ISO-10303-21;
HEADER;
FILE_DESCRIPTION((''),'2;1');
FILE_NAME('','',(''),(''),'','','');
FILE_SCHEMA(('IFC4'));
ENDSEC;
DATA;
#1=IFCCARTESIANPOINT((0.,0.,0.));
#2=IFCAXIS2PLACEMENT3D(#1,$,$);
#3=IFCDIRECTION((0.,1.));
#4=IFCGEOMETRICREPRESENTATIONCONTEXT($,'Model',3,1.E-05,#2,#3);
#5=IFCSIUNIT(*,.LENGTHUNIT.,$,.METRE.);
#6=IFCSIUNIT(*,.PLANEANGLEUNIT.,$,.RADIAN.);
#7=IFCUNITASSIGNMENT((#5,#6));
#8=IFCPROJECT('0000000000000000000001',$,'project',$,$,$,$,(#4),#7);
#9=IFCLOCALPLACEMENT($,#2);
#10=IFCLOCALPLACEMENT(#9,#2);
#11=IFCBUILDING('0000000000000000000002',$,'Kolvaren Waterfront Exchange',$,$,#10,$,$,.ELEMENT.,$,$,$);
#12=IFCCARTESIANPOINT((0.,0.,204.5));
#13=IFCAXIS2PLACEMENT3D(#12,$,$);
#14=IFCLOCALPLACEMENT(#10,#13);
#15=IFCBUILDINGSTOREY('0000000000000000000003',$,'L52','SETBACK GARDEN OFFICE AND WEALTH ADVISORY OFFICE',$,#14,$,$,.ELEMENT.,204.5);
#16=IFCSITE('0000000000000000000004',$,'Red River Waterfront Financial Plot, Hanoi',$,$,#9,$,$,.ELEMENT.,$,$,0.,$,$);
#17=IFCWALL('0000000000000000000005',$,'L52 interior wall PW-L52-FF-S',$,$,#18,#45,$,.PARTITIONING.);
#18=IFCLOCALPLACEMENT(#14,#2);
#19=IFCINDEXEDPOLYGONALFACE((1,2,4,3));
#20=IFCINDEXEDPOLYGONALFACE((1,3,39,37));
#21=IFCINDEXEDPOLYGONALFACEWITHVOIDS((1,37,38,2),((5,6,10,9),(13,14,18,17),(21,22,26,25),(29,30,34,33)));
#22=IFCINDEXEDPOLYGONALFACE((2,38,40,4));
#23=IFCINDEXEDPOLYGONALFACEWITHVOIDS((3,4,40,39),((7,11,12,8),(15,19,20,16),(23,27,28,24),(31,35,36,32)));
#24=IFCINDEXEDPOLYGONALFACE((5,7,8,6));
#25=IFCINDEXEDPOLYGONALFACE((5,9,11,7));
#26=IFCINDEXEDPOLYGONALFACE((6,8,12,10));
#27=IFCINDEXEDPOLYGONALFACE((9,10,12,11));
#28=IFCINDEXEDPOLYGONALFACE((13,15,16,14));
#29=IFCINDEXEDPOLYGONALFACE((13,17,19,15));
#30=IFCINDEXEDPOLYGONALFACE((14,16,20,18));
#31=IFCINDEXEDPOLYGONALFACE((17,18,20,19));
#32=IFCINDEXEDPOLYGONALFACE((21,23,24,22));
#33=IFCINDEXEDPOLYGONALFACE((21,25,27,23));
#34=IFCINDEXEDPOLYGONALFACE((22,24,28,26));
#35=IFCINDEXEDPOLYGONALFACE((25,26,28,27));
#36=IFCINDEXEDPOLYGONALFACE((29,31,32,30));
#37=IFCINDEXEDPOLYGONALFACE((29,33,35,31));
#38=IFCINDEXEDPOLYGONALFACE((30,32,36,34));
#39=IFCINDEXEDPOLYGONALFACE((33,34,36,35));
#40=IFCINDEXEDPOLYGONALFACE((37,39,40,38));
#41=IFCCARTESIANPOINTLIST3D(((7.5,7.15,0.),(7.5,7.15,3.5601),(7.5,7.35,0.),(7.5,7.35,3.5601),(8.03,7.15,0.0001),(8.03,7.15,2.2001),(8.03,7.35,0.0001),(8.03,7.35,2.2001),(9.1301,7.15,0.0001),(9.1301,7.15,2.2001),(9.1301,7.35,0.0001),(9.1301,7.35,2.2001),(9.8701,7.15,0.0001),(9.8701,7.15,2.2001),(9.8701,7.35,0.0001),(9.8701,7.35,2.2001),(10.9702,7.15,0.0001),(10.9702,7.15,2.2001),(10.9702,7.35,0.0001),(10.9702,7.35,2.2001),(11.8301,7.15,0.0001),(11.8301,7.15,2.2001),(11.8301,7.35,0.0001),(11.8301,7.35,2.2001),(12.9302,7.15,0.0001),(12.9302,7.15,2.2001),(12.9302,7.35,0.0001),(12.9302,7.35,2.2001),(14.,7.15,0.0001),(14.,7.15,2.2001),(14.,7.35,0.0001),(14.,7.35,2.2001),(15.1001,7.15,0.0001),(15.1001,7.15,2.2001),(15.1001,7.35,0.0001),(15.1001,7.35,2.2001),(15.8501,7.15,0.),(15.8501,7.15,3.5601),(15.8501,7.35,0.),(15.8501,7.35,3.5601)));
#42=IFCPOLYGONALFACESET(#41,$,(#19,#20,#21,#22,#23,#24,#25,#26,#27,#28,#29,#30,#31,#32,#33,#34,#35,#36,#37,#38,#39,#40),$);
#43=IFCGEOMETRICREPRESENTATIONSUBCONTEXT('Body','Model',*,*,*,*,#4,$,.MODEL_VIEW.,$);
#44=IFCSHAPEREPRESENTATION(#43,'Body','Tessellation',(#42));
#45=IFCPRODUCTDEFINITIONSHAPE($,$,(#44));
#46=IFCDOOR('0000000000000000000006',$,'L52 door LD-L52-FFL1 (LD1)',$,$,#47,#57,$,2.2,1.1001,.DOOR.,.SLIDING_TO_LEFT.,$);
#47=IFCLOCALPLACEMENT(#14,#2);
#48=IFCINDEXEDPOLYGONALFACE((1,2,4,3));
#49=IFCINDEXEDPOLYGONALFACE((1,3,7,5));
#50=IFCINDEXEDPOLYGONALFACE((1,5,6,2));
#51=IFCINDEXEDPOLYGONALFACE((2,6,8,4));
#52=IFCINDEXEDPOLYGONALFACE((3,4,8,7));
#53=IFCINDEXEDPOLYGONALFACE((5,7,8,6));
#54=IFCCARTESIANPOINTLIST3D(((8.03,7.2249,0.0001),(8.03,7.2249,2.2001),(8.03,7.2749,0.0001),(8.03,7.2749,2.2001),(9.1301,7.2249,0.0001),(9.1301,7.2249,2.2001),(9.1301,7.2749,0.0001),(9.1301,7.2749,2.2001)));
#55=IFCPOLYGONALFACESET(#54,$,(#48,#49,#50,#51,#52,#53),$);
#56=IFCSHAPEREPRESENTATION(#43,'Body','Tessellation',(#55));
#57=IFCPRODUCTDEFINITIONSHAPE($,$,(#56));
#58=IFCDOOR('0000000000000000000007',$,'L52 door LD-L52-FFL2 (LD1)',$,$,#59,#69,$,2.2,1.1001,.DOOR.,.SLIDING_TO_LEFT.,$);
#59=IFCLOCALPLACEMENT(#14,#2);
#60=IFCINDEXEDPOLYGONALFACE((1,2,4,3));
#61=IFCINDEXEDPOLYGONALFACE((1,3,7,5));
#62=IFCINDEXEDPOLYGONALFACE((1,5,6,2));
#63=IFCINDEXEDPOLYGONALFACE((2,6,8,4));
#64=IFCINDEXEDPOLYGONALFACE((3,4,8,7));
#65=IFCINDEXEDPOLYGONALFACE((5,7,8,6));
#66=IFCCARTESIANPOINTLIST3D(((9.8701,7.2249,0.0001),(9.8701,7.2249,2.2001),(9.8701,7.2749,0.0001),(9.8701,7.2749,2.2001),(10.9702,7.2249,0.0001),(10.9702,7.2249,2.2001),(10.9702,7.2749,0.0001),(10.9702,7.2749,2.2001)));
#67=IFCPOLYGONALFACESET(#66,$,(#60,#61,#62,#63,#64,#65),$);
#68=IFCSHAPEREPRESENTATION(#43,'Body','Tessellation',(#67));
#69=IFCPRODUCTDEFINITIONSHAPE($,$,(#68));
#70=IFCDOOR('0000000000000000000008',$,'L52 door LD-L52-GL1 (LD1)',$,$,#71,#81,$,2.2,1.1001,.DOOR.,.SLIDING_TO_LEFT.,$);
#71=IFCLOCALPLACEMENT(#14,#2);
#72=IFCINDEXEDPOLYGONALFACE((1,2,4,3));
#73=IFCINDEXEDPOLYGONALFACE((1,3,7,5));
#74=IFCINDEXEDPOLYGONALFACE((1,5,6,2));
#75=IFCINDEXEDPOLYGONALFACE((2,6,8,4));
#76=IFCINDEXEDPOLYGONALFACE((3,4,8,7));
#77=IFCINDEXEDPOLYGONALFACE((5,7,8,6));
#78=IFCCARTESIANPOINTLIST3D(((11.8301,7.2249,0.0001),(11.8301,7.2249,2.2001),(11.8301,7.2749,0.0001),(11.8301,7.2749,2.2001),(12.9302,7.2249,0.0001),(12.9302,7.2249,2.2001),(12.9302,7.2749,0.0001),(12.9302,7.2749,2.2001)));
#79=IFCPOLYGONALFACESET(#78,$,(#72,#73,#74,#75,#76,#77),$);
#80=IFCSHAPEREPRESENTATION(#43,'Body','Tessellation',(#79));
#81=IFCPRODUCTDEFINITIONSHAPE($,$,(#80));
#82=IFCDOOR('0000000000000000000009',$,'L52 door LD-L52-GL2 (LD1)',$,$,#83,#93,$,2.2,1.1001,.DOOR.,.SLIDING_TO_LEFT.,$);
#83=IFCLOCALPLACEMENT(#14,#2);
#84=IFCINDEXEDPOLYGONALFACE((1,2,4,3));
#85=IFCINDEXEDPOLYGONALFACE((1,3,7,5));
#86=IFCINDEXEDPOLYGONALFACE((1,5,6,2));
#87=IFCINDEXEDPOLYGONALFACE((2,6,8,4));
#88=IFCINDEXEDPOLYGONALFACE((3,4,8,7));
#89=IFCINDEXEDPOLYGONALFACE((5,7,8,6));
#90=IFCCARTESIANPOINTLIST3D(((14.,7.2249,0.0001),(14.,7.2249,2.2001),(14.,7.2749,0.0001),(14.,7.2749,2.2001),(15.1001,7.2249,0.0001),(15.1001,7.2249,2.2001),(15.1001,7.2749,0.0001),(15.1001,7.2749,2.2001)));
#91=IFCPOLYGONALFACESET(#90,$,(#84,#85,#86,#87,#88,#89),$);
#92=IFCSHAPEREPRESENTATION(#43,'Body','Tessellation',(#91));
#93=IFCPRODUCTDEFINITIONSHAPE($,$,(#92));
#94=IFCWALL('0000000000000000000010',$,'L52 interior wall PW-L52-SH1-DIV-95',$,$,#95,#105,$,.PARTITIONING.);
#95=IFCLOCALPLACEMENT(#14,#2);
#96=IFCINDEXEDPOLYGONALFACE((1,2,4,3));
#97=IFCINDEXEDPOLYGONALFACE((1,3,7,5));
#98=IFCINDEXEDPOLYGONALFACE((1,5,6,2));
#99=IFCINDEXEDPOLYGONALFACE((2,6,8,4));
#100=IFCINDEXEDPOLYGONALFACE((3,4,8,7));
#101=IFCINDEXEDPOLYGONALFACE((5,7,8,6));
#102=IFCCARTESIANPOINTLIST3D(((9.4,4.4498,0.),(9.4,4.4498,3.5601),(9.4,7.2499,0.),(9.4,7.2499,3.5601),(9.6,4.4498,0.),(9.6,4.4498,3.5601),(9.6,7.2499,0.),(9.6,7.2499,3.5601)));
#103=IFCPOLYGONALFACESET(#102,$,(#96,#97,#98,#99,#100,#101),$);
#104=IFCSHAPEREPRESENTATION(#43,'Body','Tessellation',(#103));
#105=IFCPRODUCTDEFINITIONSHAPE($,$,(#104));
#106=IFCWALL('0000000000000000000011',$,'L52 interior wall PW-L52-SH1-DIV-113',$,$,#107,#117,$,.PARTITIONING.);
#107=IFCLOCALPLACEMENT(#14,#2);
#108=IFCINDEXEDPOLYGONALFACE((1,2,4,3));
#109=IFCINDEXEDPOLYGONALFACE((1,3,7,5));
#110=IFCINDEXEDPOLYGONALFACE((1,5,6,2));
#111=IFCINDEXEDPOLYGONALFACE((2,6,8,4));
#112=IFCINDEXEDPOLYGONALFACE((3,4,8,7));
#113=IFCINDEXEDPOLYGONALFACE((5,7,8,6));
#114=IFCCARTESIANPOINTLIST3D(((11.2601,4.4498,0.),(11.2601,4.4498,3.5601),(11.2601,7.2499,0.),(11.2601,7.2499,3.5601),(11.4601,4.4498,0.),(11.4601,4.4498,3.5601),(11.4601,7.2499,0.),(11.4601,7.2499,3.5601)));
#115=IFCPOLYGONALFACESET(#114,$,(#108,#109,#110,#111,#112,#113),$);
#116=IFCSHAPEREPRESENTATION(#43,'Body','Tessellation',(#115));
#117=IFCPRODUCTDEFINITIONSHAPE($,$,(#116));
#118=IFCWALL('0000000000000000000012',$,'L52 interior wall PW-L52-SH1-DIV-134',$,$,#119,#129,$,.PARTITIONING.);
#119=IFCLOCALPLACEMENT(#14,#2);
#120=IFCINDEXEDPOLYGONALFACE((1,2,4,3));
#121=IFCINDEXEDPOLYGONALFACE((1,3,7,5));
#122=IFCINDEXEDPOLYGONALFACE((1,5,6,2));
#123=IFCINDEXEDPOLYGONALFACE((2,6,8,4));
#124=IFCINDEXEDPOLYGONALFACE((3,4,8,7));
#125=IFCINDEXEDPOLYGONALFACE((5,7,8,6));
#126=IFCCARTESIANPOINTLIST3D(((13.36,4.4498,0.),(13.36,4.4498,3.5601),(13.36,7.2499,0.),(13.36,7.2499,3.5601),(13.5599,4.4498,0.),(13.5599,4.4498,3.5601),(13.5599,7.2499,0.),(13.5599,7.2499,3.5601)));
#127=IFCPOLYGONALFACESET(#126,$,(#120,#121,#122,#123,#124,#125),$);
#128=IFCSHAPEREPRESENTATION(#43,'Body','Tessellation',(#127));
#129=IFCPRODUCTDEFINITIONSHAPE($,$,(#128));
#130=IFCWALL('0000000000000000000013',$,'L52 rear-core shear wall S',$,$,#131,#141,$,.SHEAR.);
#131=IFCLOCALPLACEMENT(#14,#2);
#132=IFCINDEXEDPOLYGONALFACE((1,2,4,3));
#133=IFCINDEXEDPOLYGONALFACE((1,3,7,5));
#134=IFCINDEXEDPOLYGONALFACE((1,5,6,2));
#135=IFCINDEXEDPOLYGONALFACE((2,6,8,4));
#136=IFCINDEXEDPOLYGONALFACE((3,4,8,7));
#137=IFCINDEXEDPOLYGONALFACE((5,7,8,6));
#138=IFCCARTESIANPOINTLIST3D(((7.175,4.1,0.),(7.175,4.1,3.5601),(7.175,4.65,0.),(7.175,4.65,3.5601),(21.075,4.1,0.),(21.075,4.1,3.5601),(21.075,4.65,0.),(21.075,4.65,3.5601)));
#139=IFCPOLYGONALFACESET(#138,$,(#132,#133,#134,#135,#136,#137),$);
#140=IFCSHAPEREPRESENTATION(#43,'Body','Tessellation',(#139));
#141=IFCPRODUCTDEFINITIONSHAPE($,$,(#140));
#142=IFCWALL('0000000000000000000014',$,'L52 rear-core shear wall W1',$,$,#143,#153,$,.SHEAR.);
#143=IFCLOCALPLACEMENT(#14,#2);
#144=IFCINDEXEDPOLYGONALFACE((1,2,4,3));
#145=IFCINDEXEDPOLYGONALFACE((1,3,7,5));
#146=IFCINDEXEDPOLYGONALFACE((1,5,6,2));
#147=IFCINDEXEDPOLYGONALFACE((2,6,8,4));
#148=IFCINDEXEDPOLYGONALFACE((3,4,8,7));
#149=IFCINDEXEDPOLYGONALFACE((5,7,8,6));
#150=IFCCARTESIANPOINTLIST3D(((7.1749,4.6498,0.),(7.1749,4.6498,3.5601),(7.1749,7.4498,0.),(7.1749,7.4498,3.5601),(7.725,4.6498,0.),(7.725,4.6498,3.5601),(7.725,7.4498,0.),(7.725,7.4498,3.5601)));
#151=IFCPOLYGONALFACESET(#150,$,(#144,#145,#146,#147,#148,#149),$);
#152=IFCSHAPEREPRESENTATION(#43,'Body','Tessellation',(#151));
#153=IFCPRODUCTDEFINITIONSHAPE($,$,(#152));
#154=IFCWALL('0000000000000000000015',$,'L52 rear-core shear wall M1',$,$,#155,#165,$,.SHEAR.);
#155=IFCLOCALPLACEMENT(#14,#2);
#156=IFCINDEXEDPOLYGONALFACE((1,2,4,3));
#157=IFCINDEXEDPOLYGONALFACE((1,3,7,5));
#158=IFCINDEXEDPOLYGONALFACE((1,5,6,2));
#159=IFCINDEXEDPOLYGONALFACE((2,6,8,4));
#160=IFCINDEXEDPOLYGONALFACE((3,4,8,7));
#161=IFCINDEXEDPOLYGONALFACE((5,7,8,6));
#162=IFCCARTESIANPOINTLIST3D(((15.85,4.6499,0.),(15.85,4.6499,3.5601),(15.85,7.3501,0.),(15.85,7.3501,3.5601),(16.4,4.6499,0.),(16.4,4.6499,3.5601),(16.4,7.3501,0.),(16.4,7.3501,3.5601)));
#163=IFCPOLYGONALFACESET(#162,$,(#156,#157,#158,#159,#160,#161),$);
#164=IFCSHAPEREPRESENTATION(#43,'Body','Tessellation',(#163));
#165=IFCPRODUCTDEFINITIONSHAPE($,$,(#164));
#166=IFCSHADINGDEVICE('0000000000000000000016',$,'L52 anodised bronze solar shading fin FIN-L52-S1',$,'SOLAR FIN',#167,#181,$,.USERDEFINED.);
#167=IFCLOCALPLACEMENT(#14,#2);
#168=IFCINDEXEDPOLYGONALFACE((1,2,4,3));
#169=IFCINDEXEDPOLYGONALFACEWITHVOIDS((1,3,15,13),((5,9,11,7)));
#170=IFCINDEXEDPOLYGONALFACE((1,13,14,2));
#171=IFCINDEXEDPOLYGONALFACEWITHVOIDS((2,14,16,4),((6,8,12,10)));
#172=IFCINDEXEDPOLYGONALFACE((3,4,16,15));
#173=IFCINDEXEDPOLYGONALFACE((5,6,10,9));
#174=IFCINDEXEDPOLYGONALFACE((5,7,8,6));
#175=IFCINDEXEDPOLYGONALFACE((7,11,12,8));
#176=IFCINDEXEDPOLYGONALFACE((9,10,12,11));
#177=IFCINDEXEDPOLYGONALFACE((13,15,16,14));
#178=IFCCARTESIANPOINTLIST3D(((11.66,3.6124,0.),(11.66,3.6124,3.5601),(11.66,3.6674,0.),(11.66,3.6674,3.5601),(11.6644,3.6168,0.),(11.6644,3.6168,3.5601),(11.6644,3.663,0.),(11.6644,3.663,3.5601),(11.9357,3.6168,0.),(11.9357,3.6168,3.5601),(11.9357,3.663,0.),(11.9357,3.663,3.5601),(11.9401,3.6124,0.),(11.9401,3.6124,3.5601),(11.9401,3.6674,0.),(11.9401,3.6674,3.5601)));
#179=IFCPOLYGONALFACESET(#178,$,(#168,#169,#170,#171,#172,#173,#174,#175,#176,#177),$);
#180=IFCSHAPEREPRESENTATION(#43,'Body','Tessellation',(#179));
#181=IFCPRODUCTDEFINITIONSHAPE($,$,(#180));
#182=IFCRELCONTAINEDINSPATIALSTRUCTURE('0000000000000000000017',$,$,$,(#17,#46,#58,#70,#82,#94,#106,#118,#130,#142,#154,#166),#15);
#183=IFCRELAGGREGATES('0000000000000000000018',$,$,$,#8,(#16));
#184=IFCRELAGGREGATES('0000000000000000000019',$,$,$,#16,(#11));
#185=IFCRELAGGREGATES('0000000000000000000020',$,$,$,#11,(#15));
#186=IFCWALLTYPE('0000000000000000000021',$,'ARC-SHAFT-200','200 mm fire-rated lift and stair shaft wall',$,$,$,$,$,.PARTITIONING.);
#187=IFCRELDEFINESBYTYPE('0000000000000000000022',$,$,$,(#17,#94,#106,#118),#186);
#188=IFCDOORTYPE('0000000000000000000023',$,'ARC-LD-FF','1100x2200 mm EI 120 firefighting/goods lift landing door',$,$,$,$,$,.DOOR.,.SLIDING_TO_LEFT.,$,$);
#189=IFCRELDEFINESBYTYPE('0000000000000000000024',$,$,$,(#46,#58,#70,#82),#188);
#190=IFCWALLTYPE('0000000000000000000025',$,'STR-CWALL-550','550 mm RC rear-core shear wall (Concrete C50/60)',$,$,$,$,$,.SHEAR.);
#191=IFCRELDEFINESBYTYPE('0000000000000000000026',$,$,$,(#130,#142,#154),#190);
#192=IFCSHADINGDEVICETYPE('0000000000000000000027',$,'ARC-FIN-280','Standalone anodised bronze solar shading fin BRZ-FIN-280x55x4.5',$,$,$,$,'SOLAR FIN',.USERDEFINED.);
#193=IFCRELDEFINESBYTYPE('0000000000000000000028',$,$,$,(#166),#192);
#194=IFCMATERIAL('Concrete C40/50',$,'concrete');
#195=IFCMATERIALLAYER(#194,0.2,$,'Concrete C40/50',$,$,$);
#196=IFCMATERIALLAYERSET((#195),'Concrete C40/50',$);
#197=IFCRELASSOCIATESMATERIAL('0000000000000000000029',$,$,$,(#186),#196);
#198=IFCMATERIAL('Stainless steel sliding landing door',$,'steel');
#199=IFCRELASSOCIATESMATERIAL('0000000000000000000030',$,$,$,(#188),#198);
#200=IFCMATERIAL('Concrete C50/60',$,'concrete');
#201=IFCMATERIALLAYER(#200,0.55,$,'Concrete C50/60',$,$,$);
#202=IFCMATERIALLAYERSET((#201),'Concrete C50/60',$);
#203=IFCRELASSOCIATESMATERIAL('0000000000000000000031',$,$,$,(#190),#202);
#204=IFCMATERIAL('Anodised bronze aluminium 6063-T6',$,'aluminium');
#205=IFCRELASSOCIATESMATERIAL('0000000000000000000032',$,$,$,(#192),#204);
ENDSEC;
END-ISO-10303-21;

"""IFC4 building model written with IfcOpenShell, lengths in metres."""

from ifc_helpers import new_model, si_unit, direction, frame, frame_2d, origin, origin_2d, place, context, subcontext, project, spatial, rectangle, hollow_rectangle, extrude, material, layer, layer_set, material_profile, profile_set, type_object, element, fill, save


model = new_model("IFC4")

# Units and contexts
model_context = context("Model", 3, precision=1e-05, world=origin(), true_north=direction((0.0, 1.0)))
body_context = subcontext(model_context, "Body", "Model", "MODEL_VIEW")
ifc_project = project(units=[si_unit("LENGTHUNIT", "METRE"), si_unit("PLANEANGLEUNIT", "RADIAN")], contexts=[model_context])

# Site, building, storey
site_placement = place(None, origin())
site = spatial("IfcSite", under=ifc_project, at=site_placement, Name="Red River Waterfront Financial Plot, Hanoi", CompositionType="ELEMENT", RefElevation=0.0)
building_placement = place(site_placement, origin())
building = spatial("IfcBuilding", under=site, at=building_placement, Name="Kolvaren Waterfront Exchange", CompositionType="ELEMENT")
storey_placement = place(building_placement, frame((0.0, 0.0, 204.5)))
storey = spatial("IfcBuildingStorey", under=building, at=storey_placement, Name="L52", Description="SETBACK GARDEN OFFICE AND WEALTH ADVISORY OFFICE", CompositionType="ELEMENT", Elevation=204.5)

# Shared definitions
ifc_material_1 = material(Name="Concrete C50/60", Category="concrete")

# Shared definitions
ifc_material_2 = material(Name="Anodised bronze aluminium 6063-T6", Category="aluminium")

# Shared definitions
ifc_material_3 = material(Name="Concrete C40/50", Category="concrete")
ifc_layer_1 = layer(ifc_material_3, 0.2, Name="Concrete C40/50")
ifc_layer_set_1 = layer_set([ifc_layer_1], Name="Concrete C40/50")
wall_type_1 = type_object("IfcWallType", Name="ARC-SHAFT-200", Description="200 mm fire-rated lift and stair shaft wall", PredefinedType="PARTITIONING", material=ifc_layer_set_1)

# Wall, openings, doors
wall_1_placement = place(storey_placement, frame((7.5, 7.25, 0.0), z_axis=(0.0, 0.0, 1.0), x_axis=(1.0, 0.0, 0.0)))
wall_1 = element("IfcWall", 1, at=wall_1_placement, inside=storey, type_object=wall_type_1, Name="L52 interior wall PW-L52-FF-S", PredefinedType="PARTITIONING", context=body_context, shape_type="SweptSolid", body=[
    extrude(rectangle(XDim=8.3501, YDim=0.2, at=frame_2d((4.175, 0.0))), origin(), (0.0, 0.0, 1.0), 3.5601),
])
opening_1_placement = place(wall_1_placement, frame((0.53, 0.0, 0.0)))
opening_1 = element("IfcOpeningElement", 2, at=opening_1_placement, cuts=wall_1, PredefinedType="OPENING", context=body_context, shape_type="SweptSolid", body=[
    extrude(rectangle(XDim=1.1001, YDim=2.2, at=frame_2d((0.55, 1.1001))), frame((0.0, 0.1099, 0.0), z_axis=(0.0, -1.0, 0.0), x_axis=(1.0, 0.0, 0.0)), (0.0, 0.0, 1.0), 0.22),
])
opening_2_placement = place(wall_1_placement, frame((2.3701, 0.0, 0.0)))
opening_2 = element("IfcOpeningElement", 3, at=opening_2_placement, cuts=wall_1, PredefinedType="OPENING", context=body_context, shape_type="SweptSolid", body=[
    extrude(rectangle(XDim=1.1001, YDim=2.2, at=frame_2d((0.55, 1.1001))), frame((0.0, 0.1099, 0.0), z_axis=(0.0, -1.0, 0.0), x_axis=(1.0, 0.0, 0.0)), (0.0, 0.0, 1.0), 0.22),
])
opening_3_placement = place(wall_1_placement, frame((4.3301, 0.0, 0.0)))
opening_3 = element("IfcOpeningElement", 4, at=opening_3_placement, cuts=wall_1, PredefinedType="OPENING", context=body_context, shape_type="SweptSolid", body=[
    extrude(rectangle(XDim=1.1001, YDim=2.2, at=frame_2d((0.55, 1.1001))), frame((0.0, 0.1099, 0.0), z_axis=(0.0, -1.0, 0.0), x_axis=(1.0, 0.0, 0.0)), (0.0, 0.0, 1.0), 0.22),
])
opening_4_placement = place(wall_1_placement, frame((6.5, 0.0, 0.0)))
opening_4 = element("IfcOpeningElement", 5, at=opening_4_placement, cuts=wall_1, PredefinedType="OPENING", context=body_context, shape_type="SweptSolid", body=[
    extrude(rectangle(XDim=1.1001, YDim=2.2, at=frame_2d((0.55, 1.1001))), frame((0.0, 0.1099, 0.0), z_axis=(0.0, -1.0, 0.0), x_axis=(1.0, 0.0, 0.0)), (0.0, 0.0, 1.0), 0.22),
])
ifc_material_4 = material(Name="Stainless steel sliding landing door", Category="steel")
door_type = type_object("IfcDoorType", Name="ARC-LD-FF", Description="1100x2200 mm EI 120 firefighting/goods lift landing door", OperationType="SLIDING_TO_LEFT", PredefinedType="DOOR", material=ifc_material_4)
door_1_placement = place(opening_1_placement, origin())
door_1 = element("IfcDoor", 6, at=door_1_placement, inside=storey, type_object=door_type, Name="L52 door LD-L52-FFL1 (LD1)", OperationType="SLIDING_TO_LEFT", OverallHeight=2.2, OverallWidth=1.1001, PredefinedType="DOOR", context=body_context, shape_type="SweptSolid", body=[
    extrude(rectangle(XDim=1.1001, YDim=2.2, at=frame_2d((0.55, 1.1001))), frame((0.0, 0.0249, 0.0), z_axis=(0.0, -1.0, 0.0), x_axis=(1.0, 0.0, 0.0)), (0.0, 0.0, 1.0), 0.05),
])
fill(opening_1, door_1)
door_2_placement = place(opening_2_placement, origin())
door_2 = element("IfcDoor", 7, at=door_2_placement, inside=storey, type_object=door_type, Name="L52 door LD-L52-FFL2 (LD1)", OperationType="SLIDING_TO_LEFT", OverallHeight=2.2, OverallWidth=1.1001, PredefinedType="DOOR", context=body_context, shape_type="SweptSolid", body=[
    extrude(rectangle(XDim=1.1001, YDim=2.2, at=frame_2d((0.55, 1.1001))), frame((0.0, 0.0249, 0.0), z_axis=(0.0, -1.0, 0.0), x_axis=(1.0, 0.0, 0.0)), (0.0, 0.0, 1.0), 0.05),
])
fill(opening_2, door_2)
door_3_placement = place(opening_3_placement, origin())
door_3 = element("IfcDoor", 8, at=door_3_placement, inside=storey, type_object=door_type, Name="L52 door LD-L52-GL1 (LD1)", OperationType="SLIDING_TO_LEFT", OverallHeight=2.2, OverallWidth=1.1001, PredefinedType="DOOR", context=body_context, shape_type="SweptSolid", body=[
    extrude(rectangle(XDim=1.1001, YDim=2.2, at=frame_2d((0.55, 1.1001))), frame((0.0, 0.0249, 0.0), z_axis=(0.0, -1.0, 0.0), x_axis=(1.0, 0.0, 0.0)), (0.0, 0.0, 1.0), 0.05),
])
fill(opening_3, door_3)
door_4_placement = place(opening_4_placement, origin())
door_4 = element("IfcDoor", 9, at=door_4_placement, inside=storey, type_object=door_type, Name="L52 door LD-L52-GL2 (LD1)", OperationType="SLIDING_TO_LEFT", OverallHeight=2.2, OverallWidth=1.1001, PredefinedType="DOOR", context=body_context, shape_type="SweptSolid", body=[
    extrude(rectangle(XDim=1.1001, YDim=2.2, at=frame_2d((0.55, 1.1001))), frame((0.0, 0.0249, 0.0), z_axis=(0.0, -1.0, 0.0), x_axis=(1.0, 0.0, 0.0)), (0.0, 0.0, 1.0), 0.05),
])
fill(opening_4, door_4)

# Walls
for number, where, z_axis, x_axis, name in (
    (10, (9.5, 4.45, 0.0), (0.0, 0.0, 1.0), (0.0, 1.0, 0.0), "L52 interior wall PW-L52-SH1-DIV-95"),
    (11, (11.3601, 4.45, 0.0), (0.0, 0.0, 1.0), (0.0, 1.0, 0.0), "L52 interior wall PW-L52-SH1-DIV-113"),
    (12, (13.46, 4.45, 0.0), (0.0, 0.0, 1.0), (0.0, 1.0, 0.0), "L52 interior wall PW-L52-SH1-DIV-134"),
):
    element("IfcWall", number, at=place(storey_placement, frame(where, z_axis=z_axis, x_axis=x_axis)), inside=storey, type_object=wall_type_1, Name=name, PredefinedType="PARTITIONING", context=body_context, shape_type="SweptSolid", body=[
        extrude(rectangle(XDim=2.8, YDim=0.2, at=frame_2d((1.3999, 0.0))), origin(), (0.0, 0.0, 1.0), 3.5601),
    ])
ifc_layer_2 = layer(ifc_material_1, 0.55, Name="Concrete C50/60")
ifc_layer_set_2 = layer_set([ifc_layer_2], Name="Concrete C50/60")
wall_type_2 = type_object("IfcWallType", Name="STR-CWALL-550", Description="550 mm RC rear-core shear wall (Concrete C50/60)", PredefinedType="SHEAR", material=ifc_layer_set_2)
wall_2_placement = place(storey_placement, frame((7.175, 4.375, 0.0), z_axis=(0.0, 0.0, 1.0), x_axis=(1.0, 0.0, 0.0)))
element("IfcWall", 13, at=wall_2_placement, inside=storey, type_object=wall_type_2, Name="L52 rear-core shear wall S", PredefinedType="SHEAR", context=body_context, shape_type="SweptSolid", body=[
    extrude(rectangle(XDim=13.8999, YDim=0.55, at=frame_2d((6.95, 0.0))), origin(), (0.0, 0.0, 1.0), 3.5601),
])
wall_3_placement = place(storey_placement, frame((7.45, 4.6499, 0.0), z_axis=(0.0, 0.0, 1.0), x_axis=(0.0, 1.0, 0.0)))
element("IfcWall", 14, at=wall_3_placement, inside=storey, type_object=wall_type_2, Name="L52 rear-core shear wall W1", PredefinedType="SHEAR", context=body_context, shape_type="SweptSolid", body=[
    extrude(rectangle(XDim=2.8, YDim=0.55, at=frame_2d((1.3999, 0.0))), origin(), (0.0, 0.0, 1.0), 3.5601),
])
wall_4_placement = place(storey_placement, frame((16.125, 4.6499, 0.0), z_axis=(0.0, 0.0, 1.0), x_axis=(0.0, 1.0, 0.0)))
element("IfcWall", 15, at=wall_4_placement, inside=storey, type_object=wall_type_2, Name="L52 rear-core shear wall M1", PredefinedType="SHEAR", context=body_context, shape_type="SweptSolid", body=[
    extrude(rectangle(XDim=2.7002, YDim=0.55, at=frame_2d((1.3501, 0.0))), origin(), (0.0, 0.0, 1.0), 3.5601),
])

# Shading device
ifc_material_profile_1 = material_profile(ifc_material_2, hollow_rectangle(XDim=0.0549, YDim=0.28, WallThickness=0.0044, at=origin_2d()), Name="BRZ-FIN-280x55x4.5")
ifc_profile_set_1 = profile_set([ifc_material_profile_1], Name="Anodised bronze aluminium 6063-T6")
shading_device_type = type_object("IfcShadingDeviceType", Name="ARC-FIN-280", Description="Standalone anodised bronze solar shading fin BRZ-FIN-280x55x4.5", ElementType="SOLAR FIN", PredefinedType="USERDEFINED", material=ifc_profile_set_1)
shading_device_placement = place(storey_placement, frame((11.8, 3.6399, 0.0), z_axis=(0.0, 0.0, 1.0), x_axis=(0.0, -1.0, 0.0)))
element("IfcShadingDevice", 16, at=shading_device_placement, inside=storey, type_object=shading_device_type, Name="L52 anodised bronze solar shading fin FIN-L52-S1", ObjectType="SOLAR FIN", PredefinedType="USERDEFINED", context=body_context, shape_type="SweptSolid", body=[
    extrude(hollow_rectangle(XDim=0.0549, YDim=0.28, WallThickness=0.0044, at=origin_2d()), origin(), (0.0, 0.0, 1.0), 3.5601),
])

save(model, "model.ifc")
